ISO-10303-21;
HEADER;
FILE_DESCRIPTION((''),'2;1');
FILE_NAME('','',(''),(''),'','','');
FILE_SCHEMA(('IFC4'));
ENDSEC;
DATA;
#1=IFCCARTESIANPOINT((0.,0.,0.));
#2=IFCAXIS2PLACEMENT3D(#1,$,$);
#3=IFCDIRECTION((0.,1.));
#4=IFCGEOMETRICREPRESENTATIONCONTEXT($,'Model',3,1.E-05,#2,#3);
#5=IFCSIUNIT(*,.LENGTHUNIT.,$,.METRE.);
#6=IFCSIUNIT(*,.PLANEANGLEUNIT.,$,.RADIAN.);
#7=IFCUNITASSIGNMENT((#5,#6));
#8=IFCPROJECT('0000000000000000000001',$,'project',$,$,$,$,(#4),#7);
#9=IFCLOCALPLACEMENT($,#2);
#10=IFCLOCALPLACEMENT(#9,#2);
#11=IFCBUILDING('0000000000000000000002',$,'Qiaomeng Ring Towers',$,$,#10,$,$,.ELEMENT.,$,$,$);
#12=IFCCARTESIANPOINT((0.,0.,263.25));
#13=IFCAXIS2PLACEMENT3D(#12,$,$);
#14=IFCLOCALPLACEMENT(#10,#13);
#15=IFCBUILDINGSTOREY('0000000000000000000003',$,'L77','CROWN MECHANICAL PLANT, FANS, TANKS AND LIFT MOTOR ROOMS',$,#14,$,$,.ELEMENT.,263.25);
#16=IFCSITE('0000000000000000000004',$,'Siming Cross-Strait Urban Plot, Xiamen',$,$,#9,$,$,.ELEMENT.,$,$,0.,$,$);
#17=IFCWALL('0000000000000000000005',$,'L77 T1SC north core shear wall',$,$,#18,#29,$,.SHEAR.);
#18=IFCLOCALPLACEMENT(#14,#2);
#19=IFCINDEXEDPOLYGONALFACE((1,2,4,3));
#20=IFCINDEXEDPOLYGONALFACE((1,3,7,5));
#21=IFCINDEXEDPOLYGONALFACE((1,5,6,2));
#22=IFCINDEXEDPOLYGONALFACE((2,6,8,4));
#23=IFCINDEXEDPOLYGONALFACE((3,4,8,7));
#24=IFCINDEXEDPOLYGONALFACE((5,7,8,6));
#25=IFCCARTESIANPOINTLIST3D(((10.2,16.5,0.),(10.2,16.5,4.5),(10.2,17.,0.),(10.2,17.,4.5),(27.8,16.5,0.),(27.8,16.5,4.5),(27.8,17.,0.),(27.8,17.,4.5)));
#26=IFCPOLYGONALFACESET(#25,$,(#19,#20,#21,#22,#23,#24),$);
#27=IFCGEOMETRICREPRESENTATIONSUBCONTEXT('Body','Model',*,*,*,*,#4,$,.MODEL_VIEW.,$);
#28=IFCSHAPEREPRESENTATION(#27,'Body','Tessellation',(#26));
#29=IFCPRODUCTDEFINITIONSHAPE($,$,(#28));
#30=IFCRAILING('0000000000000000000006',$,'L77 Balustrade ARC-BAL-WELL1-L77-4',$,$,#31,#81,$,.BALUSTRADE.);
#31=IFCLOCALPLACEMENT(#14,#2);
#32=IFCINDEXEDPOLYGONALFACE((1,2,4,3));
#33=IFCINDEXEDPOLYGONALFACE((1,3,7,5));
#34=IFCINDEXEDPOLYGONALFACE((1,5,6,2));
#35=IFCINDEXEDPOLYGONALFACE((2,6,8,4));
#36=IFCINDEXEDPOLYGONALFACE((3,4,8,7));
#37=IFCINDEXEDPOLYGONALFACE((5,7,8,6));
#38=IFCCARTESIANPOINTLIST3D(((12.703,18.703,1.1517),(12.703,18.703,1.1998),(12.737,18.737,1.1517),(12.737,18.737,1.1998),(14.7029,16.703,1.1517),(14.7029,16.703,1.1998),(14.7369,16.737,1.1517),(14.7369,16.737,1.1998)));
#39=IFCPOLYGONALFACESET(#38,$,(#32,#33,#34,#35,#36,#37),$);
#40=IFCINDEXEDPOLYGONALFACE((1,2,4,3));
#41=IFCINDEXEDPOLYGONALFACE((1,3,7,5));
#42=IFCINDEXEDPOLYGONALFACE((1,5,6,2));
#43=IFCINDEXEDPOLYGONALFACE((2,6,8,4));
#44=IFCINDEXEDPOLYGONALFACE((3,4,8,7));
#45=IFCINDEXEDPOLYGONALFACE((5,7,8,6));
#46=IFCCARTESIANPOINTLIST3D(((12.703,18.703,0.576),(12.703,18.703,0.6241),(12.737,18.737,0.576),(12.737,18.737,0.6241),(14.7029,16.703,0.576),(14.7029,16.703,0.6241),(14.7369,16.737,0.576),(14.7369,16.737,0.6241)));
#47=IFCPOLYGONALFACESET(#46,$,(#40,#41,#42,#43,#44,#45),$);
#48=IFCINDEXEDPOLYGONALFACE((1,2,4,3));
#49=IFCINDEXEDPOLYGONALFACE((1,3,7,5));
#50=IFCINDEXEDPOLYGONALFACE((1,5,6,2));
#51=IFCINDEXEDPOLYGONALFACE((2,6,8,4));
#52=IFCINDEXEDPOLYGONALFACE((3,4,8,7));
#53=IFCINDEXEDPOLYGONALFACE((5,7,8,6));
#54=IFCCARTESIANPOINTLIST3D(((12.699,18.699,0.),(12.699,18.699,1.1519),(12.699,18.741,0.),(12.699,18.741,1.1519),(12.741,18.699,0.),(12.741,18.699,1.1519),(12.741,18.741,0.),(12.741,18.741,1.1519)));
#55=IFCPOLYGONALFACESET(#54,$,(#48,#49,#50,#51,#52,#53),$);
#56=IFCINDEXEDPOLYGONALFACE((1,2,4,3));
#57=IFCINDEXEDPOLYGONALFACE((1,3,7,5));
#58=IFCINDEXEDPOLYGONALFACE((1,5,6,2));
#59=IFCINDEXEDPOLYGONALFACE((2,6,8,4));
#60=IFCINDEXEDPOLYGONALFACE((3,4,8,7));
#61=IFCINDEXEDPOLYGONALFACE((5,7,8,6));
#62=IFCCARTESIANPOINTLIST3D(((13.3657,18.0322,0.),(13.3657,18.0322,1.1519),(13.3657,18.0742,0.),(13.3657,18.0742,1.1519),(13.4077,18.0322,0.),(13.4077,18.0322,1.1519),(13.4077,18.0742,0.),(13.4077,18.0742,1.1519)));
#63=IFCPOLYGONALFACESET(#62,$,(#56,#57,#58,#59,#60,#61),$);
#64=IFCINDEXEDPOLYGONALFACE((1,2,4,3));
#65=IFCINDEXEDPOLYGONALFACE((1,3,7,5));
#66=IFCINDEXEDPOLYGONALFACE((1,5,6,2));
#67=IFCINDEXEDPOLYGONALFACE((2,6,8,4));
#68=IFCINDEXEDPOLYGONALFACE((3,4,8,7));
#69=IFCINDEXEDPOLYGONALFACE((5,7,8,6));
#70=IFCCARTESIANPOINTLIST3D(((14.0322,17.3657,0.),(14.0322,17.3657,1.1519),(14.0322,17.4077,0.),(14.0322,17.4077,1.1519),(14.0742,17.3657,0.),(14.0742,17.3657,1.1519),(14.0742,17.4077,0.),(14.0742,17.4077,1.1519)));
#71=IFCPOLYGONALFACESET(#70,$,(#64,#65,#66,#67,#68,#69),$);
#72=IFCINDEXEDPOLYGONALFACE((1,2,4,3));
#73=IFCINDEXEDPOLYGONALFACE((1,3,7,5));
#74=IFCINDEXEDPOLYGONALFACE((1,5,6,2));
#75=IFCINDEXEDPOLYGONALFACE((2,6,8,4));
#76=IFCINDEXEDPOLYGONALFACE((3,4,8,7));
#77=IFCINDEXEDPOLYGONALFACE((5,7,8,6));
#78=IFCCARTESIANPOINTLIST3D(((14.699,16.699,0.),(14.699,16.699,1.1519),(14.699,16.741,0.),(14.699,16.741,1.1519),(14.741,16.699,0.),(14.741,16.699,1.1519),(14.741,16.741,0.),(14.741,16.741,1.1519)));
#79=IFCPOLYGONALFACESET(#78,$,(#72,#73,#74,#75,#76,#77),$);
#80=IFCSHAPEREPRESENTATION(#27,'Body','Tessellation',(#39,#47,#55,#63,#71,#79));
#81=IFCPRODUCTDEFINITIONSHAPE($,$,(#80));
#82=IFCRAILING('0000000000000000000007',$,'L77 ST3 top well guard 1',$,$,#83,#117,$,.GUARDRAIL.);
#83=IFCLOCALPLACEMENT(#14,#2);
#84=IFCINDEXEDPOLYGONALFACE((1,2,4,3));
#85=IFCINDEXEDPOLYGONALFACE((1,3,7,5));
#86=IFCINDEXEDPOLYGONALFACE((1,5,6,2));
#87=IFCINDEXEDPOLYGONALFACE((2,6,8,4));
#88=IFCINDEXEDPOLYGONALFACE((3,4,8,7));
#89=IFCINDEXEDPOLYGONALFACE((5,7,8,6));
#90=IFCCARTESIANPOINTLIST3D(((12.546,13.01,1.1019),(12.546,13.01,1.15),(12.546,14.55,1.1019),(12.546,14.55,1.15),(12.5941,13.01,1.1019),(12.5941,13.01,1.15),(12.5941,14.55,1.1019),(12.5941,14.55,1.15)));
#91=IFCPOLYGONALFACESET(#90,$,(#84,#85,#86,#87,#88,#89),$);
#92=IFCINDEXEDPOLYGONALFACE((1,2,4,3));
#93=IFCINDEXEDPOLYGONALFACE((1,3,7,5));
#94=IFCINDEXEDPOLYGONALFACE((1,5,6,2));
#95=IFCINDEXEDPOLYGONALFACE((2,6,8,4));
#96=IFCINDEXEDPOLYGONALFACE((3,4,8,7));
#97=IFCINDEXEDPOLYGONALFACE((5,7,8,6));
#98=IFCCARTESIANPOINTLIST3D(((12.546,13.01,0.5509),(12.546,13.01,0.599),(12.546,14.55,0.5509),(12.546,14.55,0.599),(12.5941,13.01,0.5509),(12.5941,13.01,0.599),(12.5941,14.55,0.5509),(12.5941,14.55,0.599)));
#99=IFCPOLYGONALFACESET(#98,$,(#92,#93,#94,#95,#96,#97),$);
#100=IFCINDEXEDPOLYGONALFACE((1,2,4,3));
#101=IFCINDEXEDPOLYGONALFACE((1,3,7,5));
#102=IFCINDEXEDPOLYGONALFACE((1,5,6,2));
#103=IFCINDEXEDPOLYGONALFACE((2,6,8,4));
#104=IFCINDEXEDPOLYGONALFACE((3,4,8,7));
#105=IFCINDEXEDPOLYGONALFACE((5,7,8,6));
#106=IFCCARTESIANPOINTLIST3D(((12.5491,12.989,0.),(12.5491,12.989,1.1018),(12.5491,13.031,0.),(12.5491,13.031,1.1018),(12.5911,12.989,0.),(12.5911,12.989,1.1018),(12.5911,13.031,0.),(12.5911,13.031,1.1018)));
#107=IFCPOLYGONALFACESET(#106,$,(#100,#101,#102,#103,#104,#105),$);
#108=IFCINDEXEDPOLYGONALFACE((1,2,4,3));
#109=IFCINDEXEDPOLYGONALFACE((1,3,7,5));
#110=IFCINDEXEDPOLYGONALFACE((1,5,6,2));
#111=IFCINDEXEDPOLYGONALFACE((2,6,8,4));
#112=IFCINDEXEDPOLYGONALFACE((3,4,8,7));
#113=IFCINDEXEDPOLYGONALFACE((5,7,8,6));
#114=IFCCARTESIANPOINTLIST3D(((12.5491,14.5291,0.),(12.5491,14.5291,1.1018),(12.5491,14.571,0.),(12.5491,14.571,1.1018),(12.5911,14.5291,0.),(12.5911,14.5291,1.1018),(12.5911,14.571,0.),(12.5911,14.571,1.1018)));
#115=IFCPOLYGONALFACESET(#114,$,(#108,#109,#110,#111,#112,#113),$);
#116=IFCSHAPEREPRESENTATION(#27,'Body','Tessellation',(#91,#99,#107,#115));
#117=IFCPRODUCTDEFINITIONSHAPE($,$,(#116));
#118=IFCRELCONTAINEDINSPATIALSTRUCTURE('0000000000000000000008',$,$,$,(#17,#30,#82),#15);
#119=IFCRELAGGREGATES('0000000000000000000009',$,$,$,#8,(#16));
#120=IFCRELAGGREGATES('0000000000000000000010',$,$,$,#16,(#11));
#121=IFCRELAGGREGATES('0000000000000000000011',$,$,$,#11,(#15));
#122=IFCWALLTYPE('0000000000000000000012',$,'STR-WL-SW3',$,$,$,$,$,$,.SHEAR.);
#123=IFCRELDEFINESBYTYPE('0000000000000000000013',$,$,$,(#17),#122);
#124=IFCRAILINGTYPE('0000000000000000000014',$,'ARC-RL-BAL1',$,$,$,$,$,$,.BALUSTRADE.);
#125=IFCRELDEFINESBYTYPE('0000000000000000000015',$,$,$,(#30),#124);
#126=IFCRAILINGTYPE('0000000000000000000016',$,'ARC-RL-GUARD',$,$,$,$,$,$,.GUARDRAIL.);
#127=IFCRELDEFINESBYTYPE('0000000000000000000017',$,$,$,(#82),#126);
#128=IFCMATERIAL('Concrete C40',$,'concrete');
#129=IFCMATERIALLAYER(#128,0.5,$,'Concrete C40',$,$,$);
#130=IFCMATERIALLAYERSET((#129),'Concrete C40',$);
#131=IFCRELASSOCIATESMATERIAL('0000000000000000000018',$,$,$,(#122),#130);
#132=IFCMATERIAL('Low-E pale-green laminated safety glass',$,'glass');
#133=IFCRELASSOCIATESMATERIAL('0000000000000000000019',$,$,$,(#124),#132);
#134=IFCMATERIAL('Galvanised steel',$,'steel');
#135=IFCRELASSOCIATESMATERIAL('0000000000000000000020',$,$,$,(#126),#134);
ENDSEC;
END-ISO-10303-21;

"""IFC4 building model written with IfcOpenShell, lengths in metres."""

from ifc_helpers import new_model, si_unit, direction, frame, frame_2d, origin, origin_2d, place, context, subcontext, project, spatial, rectangle, extrude, material, layer, layer_set, type_object, element, save


model = new_model("IFC4")

# Units and contexts
model_context = context("Model", 3, precision=1e-05, world=origin(), true_north=direction((0.0, 1.0)))
body_context = subcontext(model_context, "Body", "Model", "MODEL_VIEW")
ifc_project = project(units=[si_unit("LENGTHUNIT", "METRE"), si_unit("PLANEANGLEUNIT", "RADIAN")], contexts=[model_context])

# Site, building, storey
site_placement = place(None, origin())
site = spatial("IfcSite", under=ifc_project, at=site_placement, Name="Siming Cross-Strait Urban Plot, Xiamen", CompositionType="ELEMENT", RefElevation=0.0)
building_placement = place(site_placement, origin())
building = spatial("IfcBuilding", under=site, at=building_placement, Name="Qiaomeng Ring Towers", CompositionType="ELEMENT")
storey_placement = place(building_placement, frame((0.0, 0.0, 263.25)))
storey = spatial("IfcBuildingStorey", under=building, at=storey_placement, Name="L77", Description="CROWN MECHANICAL PLANT, FANS, TANKS AND LIFT MOTOR ROOMS", CompositionType="ELEMENT", Elevation=263.25)

# Shared definitions
ifc_material_1 = material(Name="Concrete C40", Category="concrete")

# Shared definitions
ifc_material_2 = material(Name="Galvanised steel", Category="steel")

# Wall
ifc_layer_1 = layer(ifc_material_1, 0.5, Name="Concrete C40")
ifc_layer_set_1 = layer_set([ifc_layer_1], Name="Concrete C40")
wall_type_1 = type_object("IfcWallType", Name="STR-WL-SW3", PredefinedType="SHEAR", material=ifc_layer_set_1)
wall_1_placement = place(storey_placement, frame((10.2, 16.75, 0.0), z_axis=(0.0, 0.0, 1.0), x_axis=(1.0, 0.0, 0.0)))
element("IfcWall", 1, at=wall_1_placement, inside=storey, type_object=wall_type_1, Name="L77 T1SC north core shear wall", PredefinedType="SHEAR", context=body_context, shape_type="SweptSolid", body=[
    extrude(rectangle(XDim=17.6001, YDim=0.5, at=frame_2d((8.8, 0.0))), origin(), (0.0, 0.0, 1.0), 4.5),
])

# Railings
ifc_material_3 = material(Name="Low-E pale-green laminated safety glass", Category="glass")
railing_type_1 = type_object("IfcRailingType", Name="ARC-RL-BAL1", PredefinedType="BALUSTRADE", material=ifc_material_3)
railing_1_placement = place(storey_placement, frame((12.72, 18.72, 0.0)))
element("IfcRailing", 2, at=railing_1_placement, inside=storey, type_object=railing_type_1, Name="L77 Balustrade ARC-BAL-WELL1-L77-4", PredefinedType="BALUSTRADE", context=body_context, shape_type="SweptSolid", body=[
    extrude(rectangle(XDim=0.0481, YDim=0.0481, at=origin_2d()), frame((0.0, 0.0, 1.1758), z_axis=(0.707107, -0.707107, 0.0), x_axis=(0.707107, 0.707107, 0.0)), (0.0, 0.0, 1.0), 2.8284),
    extrude(rectangle(XDim=0.0481, YDim=0.0481, at=origin_2d()), frame((0.0, 0.0, 0.6001), z_axis=(0.707107, -0.707107, 0.0), x_axis=(0.707107, 0.707107, 0.0)), (0.0, 0.0, 1.0), 2.8284),
    extrude(rectangle(XDim=0.042, YDim=0.042, at=origin_2d()), origin(), (0.0, 0.0, 1.0), 1.1519),
    extrude(rectangle(XDim=0.042, YDim=0.042, at=origin_2d()), frame((0.6667, -0.6667, 0.0)), (0.0, 0.0, 1.0), 1.1519),
    extrude(rectangle(XDim=0.042, YDim=0.042, at=origin_2d()), frame((1.3333, -1.3333, 0.0)), (0.0, 0.0, 1.0), 1.1519),
    extrude(rectangle(XDim=0.042, YDim=0.042, at=origin_2d()), frame((2.0, -2.0, 0.0)), (0.0, 0.0, 1.0), 1.1519),
])
railing_type_2 = type_object("IfcRailingType", Name="ARC-RL-GUARD", PredefinedType="GUARDRAIL", material=ifc_material_2)
railing_2_placement = place(storey_placement, frame((12.5701, 13.01, 0.0)))
element("IfcRailing", 3, at=railing_2_placement, inside=storey, type_object=railing_type_2, Name="L77 ST3 top well guard 1", PredefinedType="GUARDRAIL", context=body_context, shape_type="SweptSolid", body=[
    extrude(rectangle(XDim=0.0481, YDim=0.0481, at=origin_2d()), frame((0.0, 0.0, 1.126), z_axis=(0.0, 1.0, 0.0), x_axis=(-1.0, 0.0, 0.0)), (0.0, 0.0, 1.0), 1.54),
    extrude(rectangle(XDim=0.0481, YDim=0.0481, at=origin_2d()), frame((0.0, 0.0, 0.575), z_axis=(0.0, 1.0, 0.0), x_axis=(-1.0, 0.0, 0.0)), (0.0, 0.0, 1.0), 1.54),
    extrude(rectangle(XDim=0.042, YDim=0.042, at=origin_2d()), origin(), (0.0, 0.0, 1.0), 1.1018),
    extrude(rectangle(XDim=0.042, YDim=0.042, at=origin_2d()), frame((0.0, 1.54, 0.0)), (0.0, 0.0, 1.0), 1.1018),
])

save(model, "model.ifc")
